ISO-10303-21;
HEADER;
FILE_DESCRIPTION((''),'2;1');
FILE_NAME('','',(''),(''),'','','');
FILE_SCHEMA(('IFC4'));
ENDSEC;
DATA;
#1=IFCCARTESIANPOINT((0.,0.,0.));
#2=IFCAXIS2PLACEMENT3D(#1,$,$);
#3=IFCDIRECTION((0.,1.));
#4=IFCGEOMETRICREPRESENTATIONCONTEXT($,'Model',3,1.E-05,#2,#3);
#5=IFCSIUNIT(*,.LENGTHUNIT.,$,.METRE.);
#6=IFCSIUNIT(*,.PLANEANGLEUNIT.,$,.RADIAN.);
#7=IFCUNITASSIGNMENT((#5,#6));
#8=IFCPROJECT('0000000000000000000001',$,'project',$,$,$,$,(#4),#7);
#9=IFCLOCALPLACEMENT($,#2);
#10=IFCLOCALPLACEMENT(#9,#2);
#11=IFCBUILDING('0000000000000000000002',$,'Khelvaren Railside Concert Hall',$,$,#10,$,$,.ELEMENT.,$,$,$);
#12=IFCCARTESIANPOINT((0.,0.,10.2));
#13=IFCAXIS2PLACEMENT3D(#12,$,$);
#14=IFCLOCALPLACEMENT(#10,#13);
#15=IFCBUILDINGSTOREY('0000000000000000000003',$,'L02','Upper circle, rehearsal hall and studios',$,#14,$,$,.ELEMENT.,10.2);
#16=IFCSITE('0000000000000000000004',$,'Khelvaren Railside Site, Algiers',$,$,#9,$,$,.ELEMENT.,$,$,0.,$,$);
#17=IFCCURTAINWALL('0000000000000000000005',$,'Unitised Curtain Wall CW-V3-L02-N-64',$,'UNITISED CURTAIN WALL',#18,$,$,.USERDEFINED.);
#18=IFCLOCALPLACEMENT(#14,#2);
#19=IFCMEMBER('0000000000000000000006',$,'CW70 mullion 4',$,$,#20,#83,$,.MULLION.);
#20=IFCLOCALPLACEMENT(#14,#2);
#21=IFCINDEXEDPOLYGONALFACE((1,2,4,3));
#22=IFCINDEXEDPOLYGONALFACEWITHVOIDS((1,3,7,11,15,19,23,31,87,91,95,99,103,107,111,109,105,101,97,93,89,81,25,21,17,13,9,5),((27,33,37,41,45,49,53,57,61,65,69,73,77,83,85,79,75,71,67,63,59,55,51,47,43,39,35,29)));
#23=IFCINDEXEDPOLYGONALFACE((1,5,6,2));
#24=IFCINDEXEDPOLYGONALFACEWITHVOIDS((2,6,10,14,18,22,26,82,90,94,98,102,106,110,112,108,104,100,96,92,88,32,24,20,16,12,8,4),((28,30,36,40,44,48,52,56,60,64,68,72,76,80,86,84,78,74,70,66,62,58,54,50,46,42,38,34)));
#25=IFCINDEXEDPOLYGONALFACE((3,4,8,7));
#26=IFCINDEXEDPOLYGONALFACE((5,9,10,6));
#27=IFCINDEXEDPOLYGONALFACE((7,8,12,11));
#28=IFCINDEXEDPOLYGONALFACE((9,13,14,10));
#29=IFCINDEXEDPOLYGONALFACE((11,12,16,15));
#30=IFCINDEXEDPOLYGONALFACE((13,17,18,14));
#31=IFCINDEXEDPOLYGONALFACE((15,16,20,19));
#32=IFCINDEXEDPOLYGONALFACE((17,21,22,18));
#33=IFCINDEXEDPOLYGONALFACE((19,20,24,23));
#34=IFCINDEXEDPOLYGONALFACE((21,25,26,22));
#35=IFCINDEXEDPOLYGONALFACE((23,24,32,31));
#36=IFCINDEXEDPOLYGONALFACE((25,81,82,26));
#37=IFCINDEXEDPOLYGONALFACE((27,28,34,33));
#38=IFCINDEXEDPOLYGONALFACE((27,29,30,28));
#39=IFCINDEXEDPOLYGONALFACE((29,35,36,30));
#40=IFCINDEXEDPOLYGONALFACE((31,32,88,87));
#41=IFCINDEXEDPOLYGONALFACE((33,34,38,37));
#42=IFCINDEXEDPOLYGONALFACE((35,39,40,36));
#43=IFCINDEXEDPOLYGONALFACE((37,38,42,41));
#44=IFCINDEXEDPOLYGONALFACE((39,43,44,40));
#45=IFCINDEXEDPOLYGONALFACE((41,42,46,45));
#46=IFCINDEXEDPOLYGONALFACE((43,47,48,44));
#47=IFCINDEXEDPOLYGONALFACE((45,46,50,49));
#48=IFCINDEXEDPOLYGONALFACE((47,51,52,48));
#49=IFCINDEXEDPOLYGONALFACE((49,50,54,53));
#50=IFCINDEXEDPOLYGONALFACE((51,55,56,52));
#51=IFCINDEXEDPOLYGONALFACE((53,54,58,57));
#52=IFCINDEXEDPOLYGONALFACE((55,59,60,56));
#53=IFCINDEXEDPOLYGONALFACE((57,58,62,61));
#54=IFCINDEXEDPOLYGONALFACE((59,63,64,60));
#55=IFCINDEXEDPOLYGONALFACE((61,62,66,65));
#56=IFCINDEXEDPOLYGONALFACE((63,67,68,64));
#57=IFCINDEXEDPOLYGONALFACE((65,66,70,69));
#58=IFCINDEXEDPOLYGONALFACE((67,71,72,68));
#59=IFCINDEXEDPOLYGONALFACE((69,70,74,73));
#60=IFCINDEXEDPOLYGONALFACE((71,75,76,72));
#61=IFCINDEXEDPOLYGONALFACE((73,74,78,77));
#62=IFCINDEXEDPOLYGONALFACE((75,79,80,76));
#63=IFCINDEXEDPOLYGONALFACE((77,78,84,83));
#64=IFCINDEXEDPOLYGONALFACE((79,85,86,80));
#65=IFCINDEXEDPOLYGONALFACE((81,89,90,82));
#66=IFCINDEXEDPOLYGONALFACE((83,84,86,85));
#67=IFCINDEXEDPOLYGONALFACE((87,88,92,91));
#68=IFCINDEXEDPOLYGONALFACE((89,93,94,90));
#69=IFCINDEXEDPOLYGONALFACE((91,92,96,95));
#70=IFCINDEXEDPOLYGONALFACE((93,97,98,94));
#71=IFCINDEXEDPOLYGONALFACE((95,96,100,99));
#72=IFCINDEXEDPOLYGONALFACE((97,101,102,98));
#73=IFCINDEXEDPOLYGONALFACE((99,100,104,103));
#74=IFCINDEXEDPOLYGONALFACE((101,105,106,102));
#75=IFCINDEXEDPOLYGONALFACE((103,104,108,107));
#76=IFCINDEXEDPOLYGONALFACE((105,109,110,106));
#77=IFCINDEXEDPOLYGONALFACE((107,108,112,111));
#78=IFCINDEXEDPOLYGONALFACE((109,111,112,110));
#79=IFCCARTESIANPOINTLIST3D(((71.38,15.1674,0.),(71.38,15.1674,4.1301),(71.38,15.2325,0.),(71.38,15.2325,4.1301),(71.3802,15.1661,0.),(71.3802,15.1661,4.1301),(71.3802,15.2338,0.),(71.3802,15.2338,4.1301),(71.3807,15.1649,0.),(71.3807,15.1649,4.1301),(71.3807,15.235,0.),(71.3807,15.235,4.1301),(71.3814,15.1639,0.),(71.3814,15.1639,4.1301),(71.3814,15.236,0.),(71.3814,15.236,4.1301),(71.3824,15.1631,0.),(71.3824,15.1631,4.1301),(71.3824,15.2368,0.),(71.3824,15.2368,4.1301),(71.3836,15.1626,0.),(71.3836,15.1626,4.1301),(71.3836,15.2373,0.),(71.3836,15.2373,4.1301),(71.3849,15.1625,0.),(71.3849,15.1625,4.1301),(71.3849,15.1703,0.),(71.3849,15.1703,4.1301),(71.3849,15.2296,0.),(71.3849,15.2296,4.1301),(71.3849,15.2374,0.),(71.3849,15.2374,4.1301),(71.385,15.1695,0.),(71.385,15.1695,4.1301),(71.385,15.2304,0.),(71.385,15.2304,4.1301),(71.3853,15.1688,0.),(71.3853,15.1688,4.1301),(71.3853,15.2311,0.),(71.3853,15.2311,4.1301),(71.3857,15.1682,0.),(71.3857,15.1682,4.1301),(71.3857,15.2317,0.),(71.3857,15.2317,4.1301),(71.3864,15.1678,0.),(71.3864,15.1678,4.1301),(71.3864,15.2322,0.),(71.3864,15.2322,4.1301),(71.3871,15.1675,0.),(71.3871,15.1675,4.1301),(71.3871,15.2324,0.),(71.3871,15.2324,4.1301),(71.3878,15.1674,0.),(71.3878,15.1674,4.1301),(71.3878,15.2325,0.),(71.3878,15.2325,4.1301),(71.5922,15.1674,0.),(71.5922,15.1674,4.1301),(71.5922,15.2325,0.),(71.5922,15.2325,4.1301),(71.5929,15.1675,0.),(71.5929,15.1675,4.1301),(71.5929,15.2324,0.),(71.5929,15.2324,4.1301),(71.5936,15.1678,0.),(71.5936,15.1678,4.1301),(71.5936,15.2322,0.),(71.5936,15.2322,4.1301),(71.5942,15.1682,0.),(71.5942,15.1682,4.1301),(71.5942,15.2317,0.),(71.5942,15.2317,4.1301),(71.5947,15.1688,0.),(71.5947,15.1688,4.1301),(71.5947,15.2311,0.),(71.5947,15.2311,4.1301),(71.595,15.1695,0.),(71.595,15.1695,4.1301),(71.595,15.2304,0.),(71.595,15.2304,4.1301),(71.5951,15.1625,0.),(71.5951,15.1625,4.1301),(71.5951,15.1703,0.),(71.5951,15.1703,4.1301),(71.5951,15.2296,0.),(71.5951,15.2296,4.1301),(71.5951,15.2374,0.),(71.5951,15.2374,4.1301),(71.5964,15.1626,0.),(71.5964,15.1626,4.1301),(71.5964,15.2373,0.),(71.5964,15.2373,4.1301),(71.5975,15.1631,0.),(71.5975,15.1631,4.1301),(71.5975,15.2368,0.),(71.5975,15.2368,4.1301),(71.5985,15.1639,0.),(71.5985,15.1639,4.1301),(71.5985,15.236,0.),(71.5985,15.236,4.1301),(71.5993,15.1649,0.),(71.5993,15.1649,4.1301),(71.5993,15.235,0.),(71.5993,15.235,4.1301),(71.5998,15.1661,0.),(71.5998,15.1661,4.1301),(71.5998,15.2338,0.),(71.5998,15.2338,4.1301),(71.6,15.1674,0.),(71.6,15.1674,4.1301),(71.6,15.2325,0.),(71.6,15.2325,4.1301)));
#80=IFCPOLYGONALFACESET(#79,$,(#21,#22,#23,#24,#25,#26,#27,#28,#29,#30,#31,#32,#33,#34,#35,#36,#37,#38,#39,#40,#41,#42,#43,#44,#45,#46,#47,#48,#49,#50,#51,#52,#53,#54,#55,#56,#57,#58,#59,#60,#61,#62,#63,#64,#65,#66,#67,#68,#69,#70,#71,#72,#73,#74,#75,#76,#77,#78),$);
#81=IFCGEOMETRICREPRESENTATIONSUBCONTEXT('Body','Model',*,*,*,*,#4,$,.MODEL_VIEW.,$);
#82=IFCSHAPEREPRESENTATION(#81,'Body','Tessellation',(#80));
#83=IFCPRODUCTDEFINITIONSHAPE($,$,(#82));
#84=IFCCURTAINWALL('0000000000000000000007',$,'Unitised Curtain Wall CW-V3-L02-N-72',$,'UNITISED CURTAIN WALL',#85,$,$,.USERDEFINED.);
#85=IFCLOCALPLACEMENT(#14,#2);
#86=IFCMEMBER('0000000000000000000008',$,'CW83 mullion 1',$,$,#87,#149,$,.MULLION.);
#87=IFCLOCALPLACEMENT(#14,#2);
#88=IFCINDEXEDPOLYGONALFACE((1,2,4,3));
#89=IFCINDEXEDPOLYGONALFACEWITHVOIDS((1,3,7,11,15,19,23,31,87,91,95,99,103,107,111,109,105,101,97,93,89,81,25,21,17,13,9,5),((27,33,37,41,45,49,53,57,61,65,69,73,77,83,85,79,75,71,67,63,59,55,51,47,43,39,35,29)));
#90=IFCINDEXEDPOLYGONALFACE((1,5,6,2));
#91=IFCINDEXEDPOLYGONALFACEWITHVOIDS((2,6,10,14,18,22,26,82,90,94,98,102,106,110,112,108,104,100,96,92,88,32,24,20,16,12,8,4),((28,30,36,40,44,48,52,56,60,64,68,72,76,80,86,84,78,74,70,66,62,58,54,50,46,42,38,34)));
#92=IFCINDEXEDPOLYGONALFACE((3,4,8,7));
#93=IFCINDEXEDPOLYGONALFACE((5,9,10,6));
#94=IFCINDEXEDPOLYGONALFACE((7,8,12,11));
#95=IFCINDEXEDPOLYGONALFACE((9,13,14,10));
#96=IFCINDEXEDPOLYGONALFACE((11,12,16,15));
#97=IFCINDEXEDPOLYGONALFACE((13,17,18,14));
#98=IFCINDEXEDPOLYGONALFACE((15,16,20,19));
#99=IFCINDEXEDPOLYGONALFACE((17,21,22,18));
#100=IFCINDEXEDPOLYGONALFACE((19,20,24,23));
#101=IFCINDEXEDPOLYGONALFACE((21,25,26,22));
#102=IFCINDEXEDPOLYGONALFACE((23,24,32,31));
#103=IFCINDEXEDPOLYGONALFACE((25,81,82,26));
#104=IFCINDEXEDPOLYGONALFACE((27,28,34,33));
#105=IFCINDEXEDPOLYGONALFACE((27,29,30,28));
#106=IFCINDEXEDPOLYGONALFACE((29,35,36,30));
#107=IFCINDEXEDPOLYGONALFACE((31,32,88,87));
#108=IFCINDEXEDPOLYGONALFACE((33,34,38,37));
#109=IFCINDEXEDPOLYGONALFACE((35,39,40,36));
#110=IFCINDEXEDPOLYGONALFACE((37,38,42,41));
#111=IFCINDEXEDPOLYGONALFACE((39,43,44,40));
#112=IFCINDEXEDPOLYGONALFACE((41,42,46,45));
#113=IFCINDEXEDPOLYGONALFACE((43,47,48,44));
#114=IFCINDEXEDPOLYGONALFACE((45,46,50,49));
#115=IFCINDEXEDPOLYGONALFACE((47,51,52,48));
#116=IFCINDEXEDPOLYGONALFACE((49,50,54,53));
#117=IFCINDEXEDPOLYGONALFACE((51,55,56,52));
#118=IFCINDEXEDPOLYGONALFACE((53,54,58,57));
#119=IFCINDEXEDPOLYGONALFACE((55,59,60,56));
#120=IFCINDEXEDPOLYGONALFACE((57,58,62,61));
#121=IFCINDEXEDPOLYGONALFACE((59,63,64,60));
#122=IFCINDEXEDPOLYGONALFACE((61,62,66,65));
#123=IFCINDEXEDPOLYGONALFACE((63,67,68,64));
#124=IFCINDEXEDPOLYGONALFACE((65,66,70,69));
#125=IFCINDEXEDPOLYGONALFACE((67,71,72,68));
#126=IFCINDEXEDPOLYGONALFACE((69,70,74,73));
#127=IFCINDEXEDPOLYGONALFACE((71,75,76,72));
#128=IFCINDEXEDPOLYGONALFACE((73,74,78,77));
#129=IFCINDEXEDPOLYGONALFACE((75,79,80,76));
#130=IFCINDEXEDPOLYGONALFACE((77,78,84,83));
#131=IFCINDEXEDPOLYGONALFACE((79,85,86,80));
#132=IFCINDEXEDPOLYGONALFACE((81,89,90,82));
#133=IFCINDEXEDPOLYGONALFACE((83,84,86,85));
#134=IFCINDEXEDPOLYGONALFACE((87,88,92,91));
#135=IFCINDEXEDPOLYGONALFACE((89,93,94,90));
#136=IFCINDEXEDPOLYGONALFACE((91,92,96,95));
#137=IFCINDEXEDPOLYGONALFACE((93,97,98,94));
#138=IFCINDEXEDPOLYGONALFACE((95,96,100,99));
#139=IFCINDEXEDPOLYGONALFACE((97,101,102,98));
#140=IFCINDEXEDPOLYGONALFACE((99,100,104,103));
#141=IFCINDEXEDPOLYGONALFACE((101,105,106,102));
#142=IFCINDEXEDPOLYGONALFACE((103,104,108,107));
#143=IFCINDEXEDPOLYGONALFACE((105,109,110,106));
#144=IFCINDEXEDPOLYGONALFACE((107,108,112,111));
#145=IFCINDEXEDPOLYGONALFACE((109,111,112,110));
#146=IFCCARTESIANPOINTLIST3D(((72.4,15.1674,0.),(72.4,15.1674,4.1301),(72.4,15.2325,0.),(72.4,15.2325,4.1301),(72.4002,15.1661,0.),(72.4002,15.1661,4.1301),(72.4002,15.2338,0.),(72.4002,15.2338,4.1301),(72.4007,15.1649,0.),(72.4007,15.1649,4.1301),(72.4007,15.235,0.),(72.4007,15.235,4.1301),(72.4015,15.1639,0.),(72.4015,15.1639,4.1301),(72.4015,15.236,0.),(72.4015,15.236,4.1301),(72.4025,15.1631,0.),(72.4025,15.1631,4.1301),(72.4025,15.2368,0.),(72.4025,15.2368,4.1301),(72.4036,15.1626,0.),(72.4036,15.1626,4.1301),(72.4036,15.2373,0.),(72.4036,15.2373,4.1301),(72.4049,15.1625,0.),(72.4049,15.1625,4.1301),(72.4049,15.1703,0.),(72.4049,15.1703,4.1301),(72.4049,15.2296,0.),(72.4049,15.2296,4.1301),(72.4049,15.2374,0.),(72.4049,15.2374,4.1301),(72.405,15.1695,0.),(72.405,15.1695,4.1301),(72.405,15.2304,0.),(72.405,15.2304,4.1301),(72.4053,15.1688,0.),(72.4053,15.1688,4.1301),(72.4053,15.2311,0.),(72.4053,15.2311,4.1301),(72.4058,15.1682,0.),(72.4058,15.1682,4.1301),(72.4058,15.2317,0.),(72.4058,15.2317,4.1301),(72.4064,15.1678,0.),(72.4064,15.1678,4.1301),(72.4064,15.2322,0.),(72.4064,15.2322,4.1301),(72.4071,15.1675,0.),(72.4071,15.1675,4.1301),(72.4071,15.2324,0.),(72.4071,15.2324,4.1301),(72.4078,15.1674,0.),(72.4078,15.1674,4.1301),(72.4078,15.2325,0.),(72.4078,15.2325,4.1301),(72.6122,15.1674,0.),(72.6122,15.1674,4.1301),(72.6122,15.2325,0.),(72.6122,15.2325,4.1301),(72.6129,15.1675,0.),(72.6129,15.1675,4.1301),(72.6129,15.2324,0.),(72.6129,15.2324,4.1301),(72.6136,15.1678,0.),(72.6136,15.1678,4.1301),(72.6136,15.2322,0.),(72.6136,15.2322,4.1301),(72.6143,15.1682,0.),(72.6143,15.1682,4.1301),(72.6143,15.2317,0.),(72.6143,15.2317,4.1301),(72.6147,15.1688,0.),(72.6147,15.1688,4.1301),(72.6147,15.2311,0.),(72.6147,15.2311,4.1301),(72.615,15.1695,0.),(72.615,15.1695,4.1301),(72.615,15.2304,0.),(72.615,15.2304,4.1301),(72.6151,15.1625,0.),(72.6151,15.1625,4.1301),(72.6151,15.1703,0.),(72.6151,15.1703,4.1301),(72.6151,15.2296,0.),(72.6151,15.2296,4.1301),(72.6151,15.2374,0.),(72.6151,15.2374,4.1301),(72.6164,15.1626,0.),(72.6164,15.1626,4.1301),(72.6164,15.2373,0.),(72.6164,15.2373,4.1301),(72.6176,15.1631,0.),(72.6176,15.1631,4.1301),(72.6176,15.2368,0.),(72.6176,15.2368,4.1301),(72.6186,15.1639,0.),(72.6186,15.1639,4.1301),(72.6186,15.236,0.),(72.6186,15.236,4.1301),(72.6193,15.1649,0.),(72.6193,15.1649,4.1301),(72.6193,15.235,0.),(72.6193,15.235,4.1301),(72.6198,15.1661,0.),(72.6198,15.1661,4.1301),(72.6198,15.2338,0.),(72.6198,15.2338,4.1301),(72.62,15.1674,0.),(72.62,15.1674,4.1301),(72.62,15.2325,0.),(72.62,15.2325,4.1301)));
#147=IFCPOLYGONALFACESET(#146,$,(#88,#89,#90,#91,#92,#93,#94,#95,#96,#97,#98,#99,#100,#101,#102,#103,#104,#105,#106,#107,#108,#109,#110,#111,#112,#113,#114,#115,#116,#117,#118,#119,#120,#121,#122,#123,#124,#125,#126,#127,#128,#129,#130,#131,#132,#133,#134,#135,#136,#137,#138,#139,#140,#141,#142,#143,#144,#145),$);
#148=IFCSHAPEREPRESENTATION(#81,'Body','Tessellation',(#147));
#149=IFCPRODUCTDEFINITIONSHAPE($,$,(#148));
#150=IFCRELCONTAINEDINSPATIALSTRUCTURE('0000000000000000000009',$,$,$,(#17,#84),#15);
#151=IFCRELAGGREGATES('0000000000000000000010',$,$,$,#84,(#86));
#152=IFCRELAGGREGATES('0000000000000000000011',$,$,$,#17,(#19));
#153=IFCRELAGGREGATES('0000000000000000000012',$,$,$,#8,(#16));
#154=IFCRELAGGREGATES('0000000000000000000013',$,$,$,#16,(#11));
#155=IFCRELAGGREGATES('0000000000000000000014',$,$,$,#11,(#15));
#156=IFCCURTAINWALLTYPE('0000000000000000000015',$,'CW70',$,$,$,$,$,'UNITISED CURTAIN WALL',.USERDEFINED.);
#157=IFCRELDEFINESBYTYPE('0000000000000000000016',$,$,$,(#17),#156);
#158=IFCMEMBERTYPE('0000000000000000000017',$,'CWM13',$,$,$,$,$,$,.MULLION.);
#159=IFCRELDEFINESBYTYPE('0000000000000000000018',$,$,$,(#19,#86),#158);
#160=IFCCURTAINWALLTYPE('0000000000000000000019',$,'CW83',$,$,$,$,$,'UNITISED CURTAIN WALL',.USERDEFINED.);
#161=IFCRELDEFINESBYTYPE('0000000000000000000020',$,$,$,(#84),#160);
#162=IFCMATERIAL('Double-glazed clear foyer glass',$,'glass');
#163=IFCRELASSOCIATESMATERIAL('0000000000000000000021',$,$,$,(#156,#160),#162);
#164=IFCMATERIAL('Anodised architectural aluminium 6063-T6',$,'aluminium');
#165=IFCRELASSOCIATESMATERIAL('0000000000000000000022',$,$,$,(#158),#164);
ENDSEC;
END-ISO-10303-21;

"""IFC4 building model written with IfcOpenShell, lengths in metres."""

from ifc_helpers import new_model, si_unit, direction, frame, origin, origin_2d, place, context, subcontext, project, spatial, hollow_rectangle, extrude, material, material_profile, profile_set, type_object, element, aggregate, save


model = new_model("IFC4")

# Units and contexts
model_context = context("Model", 3, precision=1e-05, world=origin(), true_north=direction((0.0, 1.0)))
body_context = subcontext(model_context, "Body", "Model", "MODEL_VIEW")
ifc_project = project(units=[si_unit("LENGTHUNIT", "METRE"), si_unit("PLANEANGLEUNIT", "RADIAN")], contexts=[model_context])

# Site, building, storey
site_placement = place(None, origin())
site = spatial("IfcSite", under=ifc_project, at=site_placement, Name="Khelvaren Railside Site, Algiers", CompositionType="ELEMENT", RefElevation=0.0)
building_placement = place(site_placement, origin())
building = spatial("IfcBuilding", under=site, at=building_placement, Name="Khelvaren Railside Concert Hall", CompositionType="ELEMENT")
storey_placement = place(building_placement, frame((0.0, 0.0, 10.2)))
storey = spatial("IfcBuildingStorey", under=building, at=storey_placement, Name="L02", Description="Upper circle, rehearsal hall and studios", CompositionType="ELEMENT", Elevation=10.2)

# Curtain wall, member
ifc_material_1 = material(Name="Double-glazed clear foyer glass", Category="glass")
curtain_wall_type_1 = type_object("IfcCurtainWallType", Name="CW70", ElementType="UNITISED CURTAIN WALL", PredefinedType="USERDEFINED", material=ifc_material_1)
curtain_wall_1_placement = place(storey_placement, origin())
curtain_wall_1 = element("IfcCurtainWall", 1, at=curtain_wall_1_placement, inside=storey, type_object=curtain_wall_type_1, Name="Unitised Curtain Wall CW-V3-L02-N-64", ObjectType="UNITISED CURTAIN WALL", PredefinedType="USERDEFINED")
ifc_material_2 = material(Name="Anodised architectural aluminium 6063-T6", Category="aluminium")
ifc_material_profile_1 = material_profile(ifc_material_2, hollow_rectangle(XDim=0.075, YDim=0.22, WallThickness=0.0049, InnerFilletRadius=0.0029, OuterFilletRadius=0.0049, at=origin_2d()), Name="CWM 75x220x5")
ifc_profile_set_1 = profile_set([ifc_material_profile_1], Name="Anodised architectural aluminium 6063-T6")
member_type_1 = type_object("IfcMemberType", Name="CWM13", PredefinedType="MULLION", material=ifc_profile_set_1)
member_1_placement = place(storey_placement, frame((71.49, 15.2, 0.0), z_axis=(0.0, 0.0, 1.0), x_axis=(0.0, 1.0, 0.0)))
member_1 = element("IfcMember", 2, at=member_1_placement, type_object=member_type_1, Name="CW70 mullion 4", PredefinedType="MULLION", context=body_context, shape_type="SweptSolid", body=[
    extrude(hollow_rectangle(XDim=0.075, YDim=0.22, WallThickness=0.0049, InnerFilletRadius=0.0029, OuterFilletRadius=0.0049, at=origin_2d()), origin(), (0.0, 0.0, 1.0), 4.1301),
])

# Curtain wall, member
curtain_wall_type_2 = type_object("IfcCurtainWallType", Name="CW83", ElementType="UNITISED CURTAIN WALL", PredefinedType="USERDEFINED", material=ifc_material_1)
curtain_wall_2_placement = place(storey_placement, origin())
curtain_wall_2 = element("IfcCurtainWall", 3, at=curtain_wall_2_placement, inside=storey, type_object=curtain_wall_type_2, Name="Unitised Curtain Wall CW-V3-L02-N-72", ObjectType="UNITISED CURTAIN WALL", PredefinedType="USERDEFINED")
member_2_placement = place(storey_placement, frame((72.51, 15.2, 0.0), z_axis=(0.0, 0.0, 1.0), x_axis=(0.0, 1.0, 0.0)))
member_2 = element("IfcMember", 4, at=member_2_placement, type_object=member_type_1, Name="CW83 mullion 1", PredefinedType="MULLION", context=body_context, shape_type="SweptSolid", body=[
    extrude(hollow_rectangle(XDim=0.075, YDim=0.22, WallThickness=0.0049, InnerFilletRadius=0.0029, OuterFilletRadius=0.0049, at=origin_2d()), origin(), (0.0, 0.0, 1.0), 4.1301),
])

aggregate(curtain_wall_2, [member_2])

aggregate(curtain_wall_1, [member_1])

save(model, "model.ifc")
